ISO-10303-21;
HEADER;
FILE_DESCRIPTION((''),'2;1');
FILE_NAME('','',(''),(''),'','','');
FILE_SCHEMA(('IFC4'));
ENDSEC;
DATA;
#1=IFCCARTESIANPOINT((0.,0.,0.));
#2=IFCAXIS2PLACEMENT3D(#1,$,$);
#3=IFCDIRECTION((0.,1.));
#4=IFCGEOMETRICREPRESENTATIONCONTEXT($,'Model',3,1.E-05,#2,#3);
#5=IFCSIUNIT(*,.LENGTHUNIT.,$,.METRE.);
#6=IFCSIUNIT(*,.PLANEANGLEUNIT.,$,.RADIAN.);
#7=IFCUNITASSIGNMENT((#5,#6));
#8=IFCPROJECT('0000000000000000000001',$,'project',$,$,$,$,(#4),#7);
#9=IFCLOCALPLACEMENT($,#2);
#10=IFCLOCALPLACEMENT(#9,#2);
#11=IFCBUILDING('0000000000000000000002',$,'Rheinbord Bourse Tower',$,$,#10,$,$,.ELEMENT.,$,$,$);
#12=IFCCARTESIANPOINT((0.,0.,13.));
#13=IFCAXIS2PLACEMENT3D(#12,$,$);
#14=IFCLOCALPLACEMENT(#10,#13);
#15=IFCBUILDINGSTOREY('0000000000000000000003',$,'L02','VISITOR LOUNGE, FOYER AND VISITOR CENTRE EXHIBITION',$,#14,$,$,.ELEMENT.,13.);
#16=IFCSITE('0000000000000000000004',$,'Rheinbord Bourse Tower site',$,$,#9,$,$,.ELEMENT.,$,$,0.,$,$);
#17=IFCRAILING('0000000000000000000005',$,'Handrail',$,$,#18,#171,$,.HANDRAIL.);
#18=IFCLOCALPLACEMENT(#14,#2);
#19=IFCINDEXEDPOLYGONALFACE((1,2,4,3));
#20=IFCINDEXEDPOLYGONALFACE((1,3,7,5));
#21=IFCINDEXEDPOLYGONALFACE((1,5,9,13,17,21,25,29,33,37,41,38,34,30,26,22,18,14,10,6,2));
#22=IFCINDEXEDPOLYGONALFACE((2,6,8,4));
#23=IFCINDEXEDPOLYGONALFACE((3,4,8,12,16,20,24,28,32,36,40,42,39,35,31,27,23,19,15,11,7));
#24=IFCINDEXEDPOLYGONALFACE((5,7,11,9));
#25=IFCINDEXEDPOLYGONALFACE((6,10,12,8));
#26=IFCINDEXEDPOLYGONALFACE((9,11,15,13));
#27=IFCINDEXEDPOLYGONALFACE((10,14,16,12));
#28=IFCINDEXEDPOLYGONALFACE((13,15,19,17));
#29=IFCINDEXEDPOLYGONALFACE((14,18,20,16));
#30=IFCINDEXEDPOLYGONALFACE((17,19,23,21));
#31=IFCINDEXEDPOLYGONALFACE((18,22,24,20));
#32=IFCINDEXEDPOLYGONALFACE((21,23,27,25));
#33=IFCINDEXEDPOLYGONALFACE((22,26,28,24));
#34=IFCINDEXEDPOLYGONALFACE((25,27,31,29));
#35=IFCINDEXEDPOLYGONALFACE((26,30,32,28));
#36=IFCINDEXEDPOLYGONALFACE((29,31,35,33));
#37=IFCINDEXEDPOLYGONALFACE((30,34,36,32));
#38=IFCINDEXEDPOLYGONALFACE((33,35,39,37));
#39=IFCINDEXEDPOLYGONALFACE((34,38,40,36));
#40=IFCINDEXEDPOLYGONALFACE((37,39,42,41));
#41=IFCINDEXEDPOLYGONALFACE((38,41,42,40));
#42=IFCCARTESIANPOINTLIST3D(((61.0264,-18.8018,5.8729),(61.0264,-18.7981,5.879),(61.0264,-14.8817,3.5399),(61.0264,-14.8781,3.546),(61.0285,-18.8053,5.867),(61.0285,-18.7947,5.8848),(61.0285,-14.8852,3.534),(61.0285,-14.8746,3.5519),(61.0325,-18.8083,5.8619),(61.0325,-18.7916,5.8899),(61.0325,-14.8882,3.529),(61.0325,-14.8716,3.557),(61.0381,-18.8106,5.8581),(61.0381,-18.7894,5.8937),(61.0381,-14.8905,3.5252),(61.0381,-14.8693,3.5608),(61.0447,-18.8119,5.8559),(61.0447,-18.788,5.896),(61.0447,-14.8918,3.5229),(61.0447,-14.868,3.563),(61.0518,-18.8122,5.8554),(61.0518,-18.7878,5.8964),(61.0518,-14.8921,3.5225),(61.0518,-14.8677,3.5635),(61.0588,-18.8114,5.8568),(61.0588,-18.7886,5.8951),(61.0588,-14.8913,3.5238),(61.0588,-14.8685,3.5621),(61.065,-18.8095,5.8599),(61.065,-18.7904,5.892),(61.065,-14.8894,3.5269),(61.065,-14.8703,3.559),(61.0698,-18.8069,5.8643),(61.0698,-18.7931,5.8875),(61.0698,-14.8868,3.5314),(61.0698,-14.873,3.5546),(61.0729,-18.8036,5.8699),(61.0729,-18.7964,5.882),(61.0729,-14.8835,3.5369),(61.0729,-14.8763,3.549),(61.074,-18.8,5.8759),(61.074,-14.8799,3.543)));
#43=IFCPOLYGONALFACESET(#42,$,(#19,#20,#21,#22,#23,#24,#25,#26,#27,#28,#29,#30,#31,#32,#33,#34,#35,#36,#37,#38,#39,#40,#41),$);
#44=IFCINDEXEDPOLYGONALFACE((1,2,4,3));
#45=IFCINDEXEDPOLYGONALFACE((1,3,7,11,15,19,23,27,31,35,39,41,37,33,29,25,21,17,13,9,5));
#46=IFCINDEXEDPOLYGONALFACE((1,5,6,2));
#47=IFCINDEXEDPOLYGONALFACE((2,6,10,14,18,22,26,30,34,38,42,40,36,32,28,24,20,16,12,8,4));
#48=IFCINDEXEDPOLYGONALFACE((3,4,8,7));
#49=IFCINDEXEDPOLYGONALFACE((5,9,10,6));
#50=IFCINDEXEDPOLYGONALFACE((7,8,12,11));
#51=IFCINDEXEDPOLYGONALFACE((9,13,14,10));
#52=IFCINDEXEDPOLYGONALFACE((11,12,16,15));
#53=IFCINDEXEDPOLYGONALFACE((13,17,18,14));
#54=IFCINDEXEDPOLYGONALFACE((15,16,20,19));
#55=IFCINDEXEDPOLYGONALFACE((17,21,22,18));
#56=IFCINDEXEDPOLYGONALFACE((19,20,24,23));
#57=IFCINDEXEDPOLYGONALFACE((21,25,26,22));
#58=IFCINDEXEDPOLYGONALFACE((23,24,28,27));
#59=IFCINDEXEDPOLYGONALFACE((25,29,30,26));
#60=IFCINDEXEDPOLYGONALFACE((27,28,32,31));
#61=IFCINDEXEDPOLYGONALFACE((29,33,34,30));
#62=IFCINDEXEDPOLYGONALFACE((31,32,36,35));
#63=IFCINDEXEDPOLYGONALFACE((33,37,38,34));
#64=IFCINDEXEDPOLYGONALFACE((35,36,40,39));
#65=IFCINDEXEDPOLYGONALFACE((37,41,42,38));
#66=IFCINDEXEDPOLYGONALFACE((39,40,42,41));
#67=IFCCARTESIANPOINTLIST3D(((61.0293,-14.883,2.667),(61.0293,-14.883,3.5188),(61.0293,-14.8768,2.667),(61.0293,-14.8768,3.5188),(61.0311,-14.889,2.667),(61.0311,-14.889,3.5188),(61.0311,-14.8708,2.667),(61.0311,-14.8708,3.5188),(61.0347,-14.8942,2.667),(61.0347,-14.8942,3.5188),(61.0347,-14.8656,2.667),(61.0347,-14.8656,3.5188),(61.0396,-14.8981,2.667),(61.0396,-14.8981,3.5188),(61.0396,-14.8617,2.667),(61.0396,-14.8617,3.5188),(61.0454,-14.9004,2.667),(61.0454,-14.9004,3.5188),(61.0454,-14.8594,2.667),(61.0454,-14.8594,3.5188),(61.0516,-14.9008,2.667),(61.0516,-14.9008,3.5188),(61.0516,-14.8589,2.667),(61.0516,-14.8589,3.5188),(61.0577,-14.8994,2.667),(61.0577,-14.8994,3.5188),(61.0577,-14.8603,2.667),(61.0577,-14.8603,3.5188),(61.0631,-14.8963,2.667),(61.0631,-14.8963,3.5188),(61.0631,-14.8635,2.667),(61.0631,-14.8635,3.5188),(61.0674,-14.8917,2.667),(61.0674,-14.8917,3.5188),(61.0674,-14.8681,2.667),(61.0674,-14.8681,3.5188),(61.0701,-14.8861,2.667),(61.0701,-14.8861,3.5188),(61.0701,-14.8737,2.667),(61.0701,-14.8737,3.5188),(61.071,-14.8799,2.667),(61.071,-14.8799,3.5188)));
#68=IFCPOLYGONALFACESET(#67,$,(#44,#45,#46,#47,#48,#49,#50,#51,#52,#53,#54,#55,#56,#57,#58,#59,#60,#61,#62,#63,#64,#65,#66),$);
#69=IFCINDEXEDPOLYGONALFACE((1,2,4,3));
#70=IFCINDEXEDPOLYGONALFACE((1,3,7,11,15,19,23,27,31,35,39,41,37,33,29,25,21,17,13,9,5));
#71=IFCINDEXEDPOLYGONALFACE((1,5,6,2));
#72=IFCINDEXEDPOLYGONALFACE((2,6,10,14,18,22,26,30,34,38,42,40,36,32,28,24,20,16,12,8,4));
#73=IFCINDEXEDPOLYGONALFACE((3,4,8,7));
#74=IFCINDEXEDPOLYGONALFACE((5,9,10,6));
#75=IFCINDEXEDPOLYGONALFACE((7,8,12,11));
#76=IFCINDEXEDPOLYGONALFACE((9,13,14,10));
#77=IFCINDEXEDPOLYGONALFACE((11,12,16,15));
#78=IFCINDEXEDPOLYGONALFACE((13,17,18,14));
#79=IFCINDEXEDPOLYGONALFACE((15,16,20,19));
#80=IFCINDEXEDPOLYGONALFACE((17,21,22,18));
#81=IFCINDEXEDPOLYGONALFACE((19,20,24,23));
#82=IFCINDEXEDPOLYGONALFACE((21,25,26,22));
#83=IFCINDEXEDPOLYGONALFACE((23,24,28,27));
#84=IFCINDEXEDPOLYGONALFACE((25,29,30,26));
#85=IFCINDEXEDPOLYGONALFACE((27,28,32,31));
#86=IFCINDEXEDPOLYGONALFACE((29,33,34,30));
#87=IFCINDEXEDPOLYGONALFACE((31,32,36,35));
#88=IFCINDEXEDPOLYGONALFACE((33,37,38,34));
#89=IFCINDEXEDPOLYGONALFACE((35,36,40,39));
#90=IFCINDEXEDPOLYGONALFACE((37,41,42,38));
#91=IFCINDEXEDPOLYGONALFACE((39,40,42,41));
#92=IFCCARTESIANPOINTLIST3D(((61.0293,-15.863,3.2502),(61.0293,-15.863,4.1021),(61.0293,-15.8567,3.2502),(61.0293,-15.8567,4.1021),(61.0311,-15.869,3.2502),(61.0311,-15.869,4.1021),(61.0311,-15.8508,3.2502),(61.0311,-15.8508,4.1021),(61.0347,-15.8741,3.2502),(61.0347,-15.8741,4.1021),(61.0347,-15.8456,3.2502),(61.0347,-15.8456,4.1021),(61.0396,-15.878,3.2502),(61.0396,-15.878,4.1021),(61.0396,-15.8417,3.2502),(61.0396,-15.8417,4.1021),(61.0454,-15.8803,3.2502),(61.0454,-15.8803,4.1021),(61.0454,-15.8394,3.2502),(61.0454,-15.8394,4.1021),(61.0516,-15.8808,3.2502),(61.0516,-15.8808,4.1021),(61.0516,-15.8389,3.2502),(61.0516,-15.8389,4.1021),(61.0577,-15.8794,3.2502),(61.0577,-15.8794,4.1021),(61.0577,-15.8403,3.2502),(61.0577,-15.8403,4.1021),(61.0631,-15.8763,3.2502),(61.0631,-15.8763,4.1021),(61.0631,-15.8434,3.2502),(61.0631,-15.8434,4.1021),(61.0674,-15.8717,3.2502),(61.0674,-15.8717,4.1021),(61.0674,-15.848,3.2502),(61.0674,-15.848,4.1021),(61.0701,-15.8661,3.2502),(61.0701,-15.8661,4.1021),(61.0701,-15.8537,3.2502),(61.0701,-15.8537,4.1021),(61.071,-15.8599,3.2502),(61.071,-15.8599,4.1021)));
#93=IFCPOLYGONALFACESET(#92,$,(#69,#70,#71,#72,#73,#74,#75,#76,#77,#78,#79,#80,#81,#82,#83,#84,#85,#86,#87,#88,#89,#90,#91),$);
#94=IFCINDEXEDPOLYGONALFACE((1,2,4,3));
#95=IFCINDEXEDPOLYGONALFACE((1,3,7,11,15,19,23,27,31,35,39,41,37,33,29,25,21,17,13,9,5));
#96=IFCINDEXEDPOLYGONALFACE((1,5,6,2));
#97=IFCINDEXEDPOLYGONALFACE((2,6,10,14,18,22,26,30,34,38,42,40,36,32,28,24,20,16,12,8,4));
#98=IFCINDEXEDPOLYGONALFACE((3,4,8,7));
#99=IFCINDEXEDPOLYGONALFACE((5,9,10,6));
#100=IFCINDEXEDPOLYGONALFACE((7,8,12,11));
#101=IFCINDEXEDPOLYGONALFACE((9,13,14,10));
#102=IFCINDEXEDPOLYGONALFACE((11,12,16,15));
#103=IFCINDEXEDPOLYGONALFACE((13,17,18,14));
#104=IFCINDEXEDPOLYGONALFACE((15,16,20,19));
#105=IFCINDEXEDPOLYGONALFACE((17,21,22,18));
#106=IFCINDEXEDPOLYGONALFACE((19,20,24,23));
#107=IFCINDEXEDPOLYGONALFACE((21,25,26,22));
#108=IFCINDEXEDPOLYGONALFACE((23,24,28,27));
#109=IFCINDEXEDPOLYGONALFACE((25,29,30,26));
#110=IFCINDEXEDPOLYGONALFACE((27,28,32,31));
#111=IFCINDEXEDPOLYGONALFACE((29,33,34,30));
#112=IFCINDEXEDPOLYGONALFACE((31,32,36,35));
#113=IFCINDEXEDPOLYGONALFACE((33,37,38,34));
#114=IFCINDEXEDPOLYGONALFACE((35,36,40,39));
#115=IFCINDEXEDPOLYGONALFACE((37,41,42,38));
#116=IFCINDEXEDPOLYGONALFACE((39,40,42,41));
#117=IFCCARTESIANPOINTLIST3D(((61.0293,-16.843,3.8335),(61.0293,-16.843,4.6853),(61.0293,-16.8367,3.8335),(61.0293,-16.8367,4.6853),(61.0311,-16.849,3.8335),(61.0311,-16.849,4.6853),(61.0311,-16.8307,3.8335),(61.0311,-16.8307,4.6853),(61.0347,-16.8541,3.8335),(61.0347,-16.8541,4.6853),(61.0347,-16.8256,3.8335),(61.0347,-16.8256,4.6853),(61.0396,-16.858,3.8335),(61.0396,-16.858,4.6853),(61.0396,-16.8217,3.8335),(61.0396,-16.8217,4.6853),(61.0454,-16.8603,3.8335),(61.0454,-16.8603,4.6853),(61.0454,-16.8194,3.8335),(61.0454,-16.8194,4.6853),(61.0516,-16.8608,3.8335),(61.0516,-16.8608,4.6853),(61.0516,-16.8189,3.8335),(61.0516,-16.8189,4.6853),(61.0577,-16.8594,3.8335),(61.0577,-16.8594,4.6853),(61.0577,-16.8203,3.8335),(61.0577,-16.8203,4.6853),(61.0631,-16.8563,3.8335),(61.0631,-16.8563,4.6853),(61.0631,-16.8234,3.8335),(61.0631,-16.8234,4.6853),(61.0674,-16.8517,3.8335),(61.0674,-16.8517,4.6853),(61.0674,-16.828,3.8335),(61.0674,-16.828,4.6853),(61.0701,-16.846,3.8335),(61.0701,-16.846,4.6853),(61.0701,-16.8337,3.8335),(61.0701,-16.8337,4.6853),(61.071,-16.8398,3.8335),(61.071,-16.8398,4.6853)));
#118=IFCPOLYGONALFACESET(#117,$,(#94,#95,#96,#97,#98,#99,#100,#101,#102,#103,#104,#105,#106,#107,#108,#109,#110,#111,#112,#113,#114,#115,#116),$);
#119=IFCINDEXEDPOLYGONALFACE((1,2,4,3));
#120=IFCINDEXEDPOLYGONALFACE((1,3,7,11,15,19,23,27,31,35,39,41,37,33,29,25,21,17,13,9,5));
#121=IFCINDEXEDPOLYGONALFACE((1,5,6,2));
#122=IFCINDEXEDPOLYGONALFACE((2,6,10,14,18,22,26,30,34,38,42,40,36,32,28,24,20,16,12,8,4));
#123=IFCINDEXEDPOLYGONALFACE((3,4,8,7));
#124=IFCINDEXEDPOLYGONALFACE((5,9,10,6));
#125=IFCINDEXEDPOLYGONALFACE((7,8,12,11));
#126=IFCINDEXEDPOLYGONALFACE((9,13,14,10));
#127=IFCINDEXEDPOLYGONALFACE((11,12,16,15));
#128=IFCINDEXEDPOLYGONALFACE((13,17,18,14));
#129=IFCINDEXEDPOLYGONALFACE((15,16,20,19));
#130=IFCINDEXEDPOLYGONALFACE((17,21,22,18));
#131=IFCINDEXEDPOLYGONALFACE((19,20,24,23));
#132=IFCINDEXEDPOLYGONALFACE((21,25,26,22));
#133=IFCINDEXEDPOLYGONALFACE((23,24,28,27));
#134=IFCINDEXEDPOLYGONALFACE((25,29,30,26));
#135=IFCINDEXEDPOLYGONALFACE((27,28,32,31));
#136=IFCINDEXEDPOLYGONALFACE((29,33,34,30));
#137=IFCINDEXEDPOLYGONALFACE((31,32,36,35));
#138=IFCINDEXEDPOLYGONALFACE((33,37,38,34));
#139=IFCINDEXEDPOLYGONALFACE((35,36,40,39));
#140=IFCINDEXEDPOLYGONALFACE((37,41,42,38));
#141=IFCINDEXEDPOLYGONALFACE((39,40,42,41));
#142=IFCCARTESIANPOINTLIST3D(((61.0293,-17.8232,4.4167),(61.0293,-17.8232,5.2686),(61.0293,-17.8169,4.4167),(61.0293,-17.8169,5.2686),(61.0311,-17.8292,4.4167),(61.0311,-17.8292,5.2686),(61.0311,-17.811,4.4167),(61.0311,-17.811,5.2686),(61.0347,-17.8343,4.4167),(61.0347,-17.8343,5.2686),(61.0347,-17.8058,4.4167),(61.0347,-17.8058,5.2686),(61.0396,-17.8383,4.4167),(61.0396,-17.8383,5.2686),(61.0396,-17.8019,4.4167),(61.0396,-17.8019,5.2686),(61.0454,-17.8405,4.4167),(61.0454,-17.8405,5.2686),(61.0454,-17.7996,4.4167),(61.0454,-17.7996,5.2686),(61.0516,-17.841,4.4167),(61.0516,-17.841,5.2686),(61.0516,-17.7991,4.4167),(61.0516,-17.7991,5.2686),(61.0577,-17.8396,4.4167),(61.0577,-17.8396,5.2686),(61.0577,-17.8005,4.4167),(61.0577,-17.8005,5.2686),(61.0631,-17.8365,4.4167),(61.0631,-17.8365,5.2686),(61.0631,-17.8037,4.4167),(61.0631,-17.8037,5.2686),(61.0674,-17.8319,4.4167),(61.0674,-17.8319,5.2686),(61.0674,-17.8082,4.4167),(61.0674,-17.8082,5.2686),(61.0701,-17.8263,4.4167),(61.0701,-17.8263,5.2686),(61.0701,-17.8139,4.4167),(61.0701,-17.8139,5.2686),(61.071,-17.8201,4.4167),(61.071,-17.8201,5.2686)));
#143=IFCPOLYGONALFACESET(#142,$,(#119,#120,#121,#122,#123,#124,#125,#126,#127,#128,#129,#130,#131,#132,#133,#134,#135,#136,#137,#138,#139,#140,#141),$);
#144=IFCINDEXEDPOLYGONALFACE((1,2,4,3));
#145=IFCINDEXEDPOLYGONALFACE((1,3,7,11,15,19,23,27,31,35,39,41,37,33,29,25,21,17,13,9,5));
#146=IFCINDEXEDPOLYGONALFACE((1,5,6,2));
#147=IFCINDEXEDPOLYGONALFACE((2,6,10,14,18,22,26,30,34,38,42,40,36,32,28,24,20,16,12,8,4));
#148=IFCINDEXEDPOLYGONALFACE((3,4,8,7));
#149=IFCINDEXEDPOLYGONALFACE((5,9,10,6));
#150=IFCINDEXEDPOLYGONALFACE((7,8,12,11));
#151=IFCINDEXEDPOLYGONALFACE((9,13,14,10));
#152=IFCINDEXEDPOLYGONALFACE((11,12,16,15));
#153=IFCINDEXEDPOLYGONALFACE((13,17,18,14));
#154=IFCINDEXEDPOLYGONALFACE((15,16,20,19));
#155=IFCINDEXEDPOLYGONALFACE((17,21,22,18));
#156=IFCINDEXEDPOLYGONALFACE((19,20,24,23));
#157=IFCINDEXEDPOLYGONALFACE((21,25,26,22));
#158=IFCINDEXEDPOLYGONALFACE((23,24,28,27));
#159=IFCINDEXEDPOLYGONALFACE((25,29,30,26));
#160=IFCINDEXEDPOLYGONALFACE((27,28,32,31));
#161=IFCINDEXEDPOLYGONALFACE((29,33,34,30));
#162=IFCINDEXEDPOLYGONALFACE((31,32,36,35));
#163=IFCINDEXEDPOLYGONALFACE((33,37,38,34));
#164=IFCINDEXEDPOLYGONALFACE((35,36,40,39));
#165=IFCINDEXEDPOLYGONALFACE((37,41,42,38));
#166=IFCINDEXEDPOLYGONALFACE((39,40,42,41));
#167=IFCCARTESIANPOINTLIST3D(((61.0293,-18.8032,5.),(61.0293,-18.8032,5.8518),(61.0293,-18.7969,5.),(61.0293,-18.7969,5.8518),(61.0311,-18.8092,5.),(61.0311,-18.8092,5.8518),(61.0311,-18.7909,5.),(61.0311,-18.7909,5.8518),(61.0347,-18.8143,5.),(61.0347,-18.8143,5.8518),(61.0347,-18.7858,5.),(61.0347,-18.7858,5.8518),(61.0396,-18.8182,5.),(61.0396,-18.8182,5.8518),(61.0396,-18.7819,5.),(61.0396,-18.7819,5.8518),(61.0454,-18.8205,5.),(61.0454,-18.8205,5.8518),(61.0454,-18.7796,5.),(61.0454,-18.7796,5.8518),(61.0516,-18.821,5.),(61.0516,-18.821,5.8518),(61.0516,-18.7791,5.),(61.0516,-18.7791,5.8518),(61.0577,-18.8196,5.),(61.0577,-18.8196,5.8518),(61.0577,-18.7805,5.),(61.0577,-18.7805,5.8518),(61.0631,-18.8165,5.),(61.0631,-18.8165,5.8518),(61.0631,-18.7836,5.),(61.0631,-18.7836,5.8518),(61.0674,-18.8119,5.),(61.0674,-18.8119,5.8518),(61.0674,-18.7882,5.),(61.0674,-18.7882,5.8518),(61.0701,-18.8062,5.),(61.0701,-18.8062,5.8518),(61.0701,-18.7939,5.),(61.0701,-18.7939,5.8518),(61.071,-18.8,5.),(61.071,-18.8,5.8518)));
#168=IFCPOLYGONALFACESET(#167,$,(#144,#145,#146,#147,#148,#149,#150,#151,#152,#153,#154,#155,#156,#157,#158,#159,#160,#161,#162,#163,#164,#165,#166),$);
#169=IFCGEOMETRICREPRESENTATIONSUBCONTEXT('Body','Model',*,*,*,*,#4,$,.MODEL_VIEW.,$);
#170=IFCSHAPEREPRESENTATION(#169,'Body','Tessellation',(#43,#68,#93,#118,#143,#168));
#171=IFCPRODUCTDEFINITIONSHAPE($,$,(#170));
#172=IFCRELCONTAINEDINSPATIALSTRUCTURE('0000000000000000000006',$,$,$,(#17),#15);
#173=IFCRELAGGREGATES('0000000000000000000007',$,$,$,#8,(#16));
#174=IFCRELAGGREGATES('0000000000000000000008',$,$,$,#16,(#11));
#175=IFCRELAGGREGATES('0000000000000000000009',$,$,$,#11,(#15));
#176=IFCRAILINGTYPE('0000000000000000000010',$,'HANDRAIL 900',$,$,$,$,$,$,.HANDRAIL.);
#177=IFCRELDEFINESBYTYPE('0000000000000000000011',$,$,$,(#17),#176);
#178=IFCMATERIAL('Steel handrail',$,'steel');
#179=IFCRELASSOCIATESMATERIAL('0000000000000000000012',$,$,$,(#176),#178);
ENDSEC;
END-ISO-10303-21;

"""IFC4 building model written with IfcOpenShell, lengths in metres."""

from ifc_helpers import new_model, si_unit, direction, frame, origin, origin_2d, place, context, subcontext, project, spatial, circle, extrude, material, type_object, element, save


model = new_model("IFC4")

# Units and contexts
model_context = context("Model", 3, precision=1e-05, world=origin(), true_north=direction((0.0, 1.0)))
body_context = subcontext(model_context, "Body", "Model", "MODEL_VIEW")
ifc_project = project(units=[si_unit("LENGTHUNIT", "METRE"), si_unit("PLANEANGLEUNIT", "RADIAN")], contexts=[model_context])

# Site, building, storey
site_placement = place(None, origin())
site = spatial("IfcSite", under=ifc_project, at=site_placement, Name="Rheinbord Bourse Tower site", CompositionType="ELEMENT", RefElevation=0.0)
building_placement = place(site_placement, origin())
building = spatial("IfcBuilding", under=site, at=building_placement, Name="Rheinbord Bourse Tower", CompositionType="ELEMENT")
storey_placement = place(building_placement, frame((0.0, 0.0, 13.0)))
storey = spatial("IfcBuildingStorey", under=building, at=storey_placement, Name="L02", Description="VISITOR LOUNGE, FOYER AND VISITOR CENTRE EXHIBITION", CompositionType="ELEMENT", Elevation=13.0)

# Railing
ifc_material_1 = material(Name="Steel handrail", Category="steel")
railing_type = type_object("IfcRailingType", Name="HANDRAIL 900", PredefinedType="HANDRAIL", material=ifc_material_1)
railing_1_placement = place(storey_placement, frame((61.05, -14.8799, 2.667)))
element("IfcRailing", 1, at=railing_1_placement, inside=storey, type_object=railing_type, Name="Handrail", PredefinedType="HANDRAIL", context=body_context, shape_type="SweptSolid", body=[
    extrude(circle(Radius=0.0239, at=origin_2d()), frame((0.0, 0.0, 0.876), z_axis=(0.0, -0.859334, 0.511415), x_axis=(1.0, 0.0, 0.0)), (0.0, 0.0, 1.0), 4.5618),
    extrude(circle(Radius=0.021, at=origin_2d()), origin(), (0.0, 0.0, 1.0), 0.8518),
    extrude(circle(Radius=0.021, at=origin_2d()), frame((0.0, -0.98, 0.5833)), (0.0, 0.0, 1.0), 0.8518),
    extrude(circle(Radius=0.021, at=origin_2d()), frame((0.0, -1.96, 1.1665)), (0.0, 0.0, 1.0), 0.8518),
    extrude(circle(Radius=0.021, at=origin_2d()), frame((0.0, -2.9402, 1.7498)), (0.0, 0.0, 1.0), 0.8518),
    extrude(circle(Radius=0.021, at=origin_2d()), frame((0.0, -3.9202, 2.333)), (0.0, 0.0, 1.0), 0.8518),
])

save(model, "model.ifc")
